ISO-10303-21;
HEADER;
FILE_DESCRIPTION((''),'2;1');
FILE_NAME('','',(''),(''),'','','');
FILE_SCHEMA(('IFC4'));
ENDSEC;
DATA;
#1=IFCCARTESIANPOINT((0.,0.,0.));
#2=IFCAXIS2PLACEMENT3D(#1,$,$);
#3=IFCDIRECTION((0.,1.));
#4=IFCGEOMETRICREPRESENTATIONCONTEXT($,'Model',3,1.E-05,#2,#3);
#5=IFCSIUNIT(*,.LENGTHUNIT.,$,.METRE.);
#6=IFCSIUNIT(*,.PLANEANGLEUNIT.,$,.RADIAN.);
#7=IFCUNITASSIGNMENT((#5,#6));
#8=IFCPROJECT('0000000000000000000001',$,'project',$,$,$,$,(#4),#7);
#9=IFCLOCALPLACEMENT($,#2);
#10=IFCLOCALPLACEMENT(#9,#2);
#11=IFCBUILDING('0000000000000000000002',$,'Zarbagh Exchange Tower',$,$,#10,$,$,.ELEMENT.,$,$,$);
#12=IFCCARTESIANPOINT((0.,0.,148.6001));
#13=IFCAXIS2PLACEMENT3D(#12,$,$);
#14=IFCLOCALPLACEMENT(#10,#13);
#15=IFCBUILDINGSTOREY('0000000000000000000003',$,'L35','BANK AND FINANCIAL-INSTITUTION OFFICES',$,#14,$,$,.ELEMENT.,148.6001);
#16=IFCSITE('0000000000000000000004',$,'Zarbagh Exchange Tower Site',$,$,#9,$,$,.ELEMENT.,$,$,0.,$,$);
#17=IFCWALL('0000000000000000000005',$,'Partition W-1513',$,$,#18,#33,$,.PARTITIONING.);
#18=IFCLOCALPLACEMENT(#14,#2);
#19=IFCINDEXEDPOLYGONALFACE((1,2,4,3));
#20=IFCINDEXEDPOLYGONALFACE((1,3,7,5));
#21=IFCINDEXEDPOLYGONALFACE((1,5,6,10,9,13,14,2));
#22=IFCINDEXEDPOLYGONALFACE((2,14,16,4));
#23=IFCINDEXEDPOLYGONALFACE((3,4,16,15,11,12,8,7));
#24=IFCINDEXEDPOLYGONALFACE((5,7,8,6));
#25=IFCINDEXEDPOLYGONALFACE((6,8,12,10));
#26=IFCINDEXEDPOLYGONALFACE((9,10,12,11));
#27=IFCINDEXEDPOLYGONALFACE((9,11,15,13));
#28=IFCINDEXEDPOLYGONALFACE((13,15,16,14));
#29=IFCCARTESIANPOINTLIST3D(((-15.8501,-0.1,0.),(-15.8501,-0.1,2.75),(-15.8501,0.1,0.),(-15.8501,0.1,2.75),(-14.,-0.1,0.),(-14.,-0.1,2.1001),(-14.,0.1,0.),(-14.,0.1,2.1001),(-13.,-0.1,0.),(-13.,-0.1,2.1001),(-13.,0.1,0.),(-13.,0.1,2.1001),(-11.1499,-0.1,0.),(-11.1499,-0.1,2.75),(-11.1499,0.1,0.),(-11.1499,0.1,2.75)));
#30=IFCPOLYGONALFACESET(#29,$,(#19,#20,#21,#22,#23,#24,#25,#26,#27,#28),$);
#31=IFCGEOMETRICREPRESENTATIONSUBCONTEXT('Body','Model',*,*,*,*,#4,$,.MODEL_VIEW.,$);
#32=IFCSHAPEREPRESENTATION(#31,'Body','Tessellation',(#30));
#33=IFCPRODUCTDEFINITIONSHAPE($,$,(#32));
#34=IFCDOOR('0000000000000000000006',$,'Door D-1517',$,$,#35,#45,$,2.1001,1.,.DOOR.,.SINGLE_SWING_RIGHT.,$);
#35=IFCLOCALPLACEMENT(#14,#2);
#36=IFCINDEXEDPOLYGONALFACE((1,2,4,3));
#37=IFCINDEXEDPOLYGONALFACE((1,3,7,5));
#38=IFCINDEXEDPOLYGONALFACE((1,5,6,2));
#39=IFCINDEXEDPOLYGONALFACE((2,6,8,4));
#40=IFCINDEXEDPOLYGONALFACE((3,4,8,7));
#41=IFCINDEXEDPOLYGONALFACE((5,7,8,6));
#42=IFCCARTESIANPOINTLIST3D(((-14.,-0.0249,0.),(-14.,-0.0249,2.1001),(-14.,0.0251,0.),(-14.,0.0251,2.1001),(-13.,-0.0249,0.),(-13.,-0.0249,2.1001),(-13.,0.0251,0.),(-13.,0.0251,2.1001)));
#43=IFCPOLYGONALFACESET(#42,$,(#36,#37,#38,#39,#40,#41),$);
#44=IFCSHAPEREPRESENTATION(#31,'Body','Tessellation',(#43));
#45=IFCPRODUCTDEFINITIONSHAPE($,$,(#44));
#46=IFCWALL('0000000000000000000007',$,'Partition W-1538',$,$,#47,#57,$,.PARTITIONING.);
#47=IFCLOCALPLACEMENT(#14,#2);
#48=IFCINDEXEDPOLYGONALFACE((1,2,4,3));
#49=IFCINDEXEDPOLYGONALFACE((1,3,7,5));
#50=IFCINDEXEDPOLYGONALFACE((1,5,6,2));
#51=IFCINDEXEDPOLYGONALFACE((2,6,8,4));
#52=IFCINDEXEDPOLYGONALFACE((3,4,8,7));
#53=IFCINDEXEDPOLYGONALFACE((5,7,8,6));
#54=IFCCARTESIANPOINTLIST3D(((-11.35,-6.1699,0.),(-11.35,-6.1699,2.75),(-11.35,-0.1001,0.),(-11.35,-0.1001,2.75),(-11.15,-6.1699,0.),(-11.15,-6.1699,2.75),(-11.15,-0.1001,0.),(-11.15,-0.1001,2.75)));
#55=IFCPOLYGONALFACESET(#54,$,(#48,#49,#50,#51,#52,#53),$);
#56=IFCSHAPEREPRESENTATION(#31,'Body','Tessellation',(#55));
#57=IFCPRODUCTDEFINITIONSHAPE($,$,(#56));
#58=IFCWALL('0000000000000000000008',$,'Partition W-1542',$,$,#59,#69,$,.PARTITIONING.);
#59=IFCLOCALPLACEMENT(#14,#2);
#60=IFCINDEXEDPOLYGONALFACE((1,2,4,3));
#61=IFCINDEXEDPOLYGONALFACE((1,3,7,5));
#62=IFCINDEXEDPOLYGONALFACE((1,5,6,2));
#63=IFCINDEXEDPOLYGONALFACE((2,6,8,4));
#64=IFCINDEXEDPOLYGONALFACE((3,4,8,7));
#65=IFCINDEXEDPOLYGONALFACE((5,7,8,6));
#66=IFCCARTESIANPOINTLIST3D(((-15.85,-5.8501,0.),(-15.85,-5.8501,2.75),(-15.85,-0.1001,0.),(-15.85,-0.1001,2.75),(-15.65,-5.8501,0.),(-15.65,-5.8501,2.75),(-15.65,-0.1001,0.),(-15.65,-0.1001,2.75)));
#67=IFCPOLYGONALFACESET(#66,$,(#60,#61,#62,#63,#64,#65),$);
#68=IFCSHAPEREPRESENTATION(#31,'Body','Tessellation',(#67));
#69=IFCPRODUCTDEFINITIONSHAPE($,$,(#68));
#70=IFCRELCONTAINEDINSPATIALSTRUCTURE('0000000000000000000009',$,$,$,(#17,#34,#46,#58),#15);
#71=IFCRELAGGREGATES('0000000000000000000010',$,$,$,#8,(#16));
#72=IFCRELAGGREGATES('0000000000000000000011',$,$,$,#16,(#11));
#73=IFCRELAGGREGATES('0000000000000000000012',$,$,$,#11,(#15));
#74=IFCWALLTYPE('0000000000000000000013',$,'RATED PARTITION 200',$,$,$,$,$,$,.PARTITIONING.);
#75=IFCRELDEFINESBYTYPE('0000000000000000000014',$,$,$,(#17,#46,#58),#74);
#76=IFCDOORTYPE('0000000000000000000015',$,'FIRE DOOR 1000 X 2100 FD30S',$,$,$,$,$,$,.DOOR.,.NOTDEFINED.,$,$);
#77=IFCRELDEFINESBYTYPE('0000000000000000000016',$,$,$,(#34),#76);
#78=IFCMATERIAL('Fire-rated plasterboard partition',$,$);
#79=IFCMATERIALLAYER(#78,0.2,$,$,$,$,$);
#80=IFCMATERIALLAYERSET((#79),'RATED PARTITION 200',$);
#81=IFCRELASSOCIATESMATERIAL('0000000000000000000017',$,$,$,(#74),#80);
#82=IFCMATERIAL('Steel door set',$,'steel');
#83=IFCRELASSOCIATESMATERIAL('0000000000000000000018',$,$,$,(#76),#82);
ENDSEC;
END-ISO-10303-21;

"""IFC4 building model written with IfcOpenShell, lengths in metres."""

from ifc_helpers import new_model, si_unit, direction, frame, frame_2d, origin, place, context, subcontext, project, spatial, rectangle, extrude, material, layer, layer_set, type_object, element, fill, save


model = new_model("IFC4")

# Units and contexts
model_context = context("Model", 3, precision=1e-05, world=origin(), true_north=direction((0.0, 1.0)))
body_context = subcontext(model_context, "Body", "Model", "MODEL_VIEW")
ifc_project = project(units=[si_unit("LENGTHUNIT", "METRE"), si_unit("PLANEANGLEUNIT", "RADIAN")], contexts=[model_context])

# Site, building, storey
site_placement = place(None, origin())
site = spatial("IfcSite", under=ifc_project, at=site_placement, Name="Zarbagh Exchange Tower Site", CompositionType="ELEMENT", RefElevation=0.0)
building_placement = place(site_placement, origin())
building = spatial("IfcBuilding", under=site, at=building_placement, Name="Zarbagh Exchange Tower", CompositionType="ELEMENT")
storey_placement = place(building_placement, frame((0.0, 0.0, 148.6001)))
storey = spatial("IfcBuildingStorey", under=building, at=storey_placement, Name="L35", Description="BANK AND FINANCIAL-INSTITUTION OFFICES", CompositionType="ELEMENT", Elevation=148.6001)

# Wall, opening, door
ifc_material_1 = material(Name="Fire-rated plasterboard partition")
ifc_layer_1 = layer(ifc_material_1, 0.2)
ifc_layer_set_1 = layer_set([ifc_layer_1], Name="RATED PARTITION 200")
wall_type_1 = type_object("IfcWallType", Name="RATED PARTITION 200", PredefinedType="PARTITIONING", material=ifc_layer_set_1)
ifc_material_2 = material(Name="Steel door set", Category="steel")
door_type_1 = type_object("IfcDoorType", Name="FIRE DOOR 1000 X 2100 FD30S", OperationType="NOTDEFINED", PredefinedType="DOOR", material=ifc_material_2)
wall_1_placement = place(storey_placement, frame((-11.1499, 0.0, 0.0), z_axis=(0.0, 0.0, 1.0), x_axis=(-1.0, 0.0, 0.0)))
wall_1 = element("IfcWall", 1, at=wall_1_placement, inside=storey, type_object=wall_type_1, Name="Partition W-1513", PredefinedType="PARTITIONING", context=body_context, shape_type="SweptSolid", body=[
    extrude(rectangle(XDim=4.7002, YDim=0.2, at=frame_2d((2.3501, 0.0))), origin(), (0.0, 0.0, 1.0), 2.75),
])
opening_1_placement = place(wall_1_placement, frame((1.8501, 0.0, 0.0)))
opening_1 = element("IfcOpeningElement", 2, at=opening_1_placement, cuts=wall_1, PredefinedType="OPENING", context=body_context, shape_type="SweptSolid", body=[
    extrude(rectangle(XDim=1.0, YDim=2.1001, at=frame_2d((0.5, 1.05))), frame((0.0, 0.1099, 0.0), z_axis=(0.0, -1.0, 0.0), x_axis=(1.0, 0.0, 0.0)), (0.0, 0.0, 1.0), 0.22),
])
door_1_placement = place(opening_1_placement, origin())
door_1 = element("IfcDoor", 3, at=door_1_placement, inside=storey, type_object=door_type_1, Name="Door D-1517", OperationType="SINGLE_SWING_RIGHT", OverallHeight=2.1001, OverallWidth=1.0, PredefinedType="DOOR", context=body_context, shape_type="SweptSolid", body=[
    extrude(rectangle(XDim=1.0, YDim=2.1001, at=frame_2d((0.5, 1.05))), frame((0.0, 0.0249, 0.0), z_axis=(0.0, -1.0, 0.0), x_axis=(1.0, 0.0, 0.0)), (0.0, 0.0, 1.0), 0.05),
])
fill(opening_1, door_1)

# Walls
wall_2_placement = place(storey_placement, frame((-11.25, -6.1699, 0.0), z_axis=(0.0, 0.0, 1.0), x_axis=(0.0, 1.0, 0.0)))
element("IfcWall", 4, at=wall_2_placement, inside=storey, type_object=wall_type_1, Name="Partition W-1538", PredefinedType="PARTITIONING", context=body_context, shape_type="SweptSolid", body=[
    extrude(rectangle(XDim=6.0698, YDim=0.2, at=frame_2d((3.0349, 0.0))), origin(), (0.0, 0.0, 1.0), 2.75),
])
wall_3_placement = place(storey_placement, frame((-15.75, -5.8501, 0.0), z_axis=(0.0, 0.0, 1.0), x_axis=(0.0, 1.0, 0.0)))
element("IfcWall", 5, at=wall_3_placement, inside=storey, type_object=wall_type_1, Name="Partition W-1542", PredefinedType="PARTITIONING", context=body_context, shape_type="SweptSolid", body=[
    extrude(rectangle(XDim=5.75, YDim=0.2, at=frame_2d((2.875, 0.0))), origin(), (0.0, 0.0, 1.0), 2.75),
])

save(model, "model.ifc")
